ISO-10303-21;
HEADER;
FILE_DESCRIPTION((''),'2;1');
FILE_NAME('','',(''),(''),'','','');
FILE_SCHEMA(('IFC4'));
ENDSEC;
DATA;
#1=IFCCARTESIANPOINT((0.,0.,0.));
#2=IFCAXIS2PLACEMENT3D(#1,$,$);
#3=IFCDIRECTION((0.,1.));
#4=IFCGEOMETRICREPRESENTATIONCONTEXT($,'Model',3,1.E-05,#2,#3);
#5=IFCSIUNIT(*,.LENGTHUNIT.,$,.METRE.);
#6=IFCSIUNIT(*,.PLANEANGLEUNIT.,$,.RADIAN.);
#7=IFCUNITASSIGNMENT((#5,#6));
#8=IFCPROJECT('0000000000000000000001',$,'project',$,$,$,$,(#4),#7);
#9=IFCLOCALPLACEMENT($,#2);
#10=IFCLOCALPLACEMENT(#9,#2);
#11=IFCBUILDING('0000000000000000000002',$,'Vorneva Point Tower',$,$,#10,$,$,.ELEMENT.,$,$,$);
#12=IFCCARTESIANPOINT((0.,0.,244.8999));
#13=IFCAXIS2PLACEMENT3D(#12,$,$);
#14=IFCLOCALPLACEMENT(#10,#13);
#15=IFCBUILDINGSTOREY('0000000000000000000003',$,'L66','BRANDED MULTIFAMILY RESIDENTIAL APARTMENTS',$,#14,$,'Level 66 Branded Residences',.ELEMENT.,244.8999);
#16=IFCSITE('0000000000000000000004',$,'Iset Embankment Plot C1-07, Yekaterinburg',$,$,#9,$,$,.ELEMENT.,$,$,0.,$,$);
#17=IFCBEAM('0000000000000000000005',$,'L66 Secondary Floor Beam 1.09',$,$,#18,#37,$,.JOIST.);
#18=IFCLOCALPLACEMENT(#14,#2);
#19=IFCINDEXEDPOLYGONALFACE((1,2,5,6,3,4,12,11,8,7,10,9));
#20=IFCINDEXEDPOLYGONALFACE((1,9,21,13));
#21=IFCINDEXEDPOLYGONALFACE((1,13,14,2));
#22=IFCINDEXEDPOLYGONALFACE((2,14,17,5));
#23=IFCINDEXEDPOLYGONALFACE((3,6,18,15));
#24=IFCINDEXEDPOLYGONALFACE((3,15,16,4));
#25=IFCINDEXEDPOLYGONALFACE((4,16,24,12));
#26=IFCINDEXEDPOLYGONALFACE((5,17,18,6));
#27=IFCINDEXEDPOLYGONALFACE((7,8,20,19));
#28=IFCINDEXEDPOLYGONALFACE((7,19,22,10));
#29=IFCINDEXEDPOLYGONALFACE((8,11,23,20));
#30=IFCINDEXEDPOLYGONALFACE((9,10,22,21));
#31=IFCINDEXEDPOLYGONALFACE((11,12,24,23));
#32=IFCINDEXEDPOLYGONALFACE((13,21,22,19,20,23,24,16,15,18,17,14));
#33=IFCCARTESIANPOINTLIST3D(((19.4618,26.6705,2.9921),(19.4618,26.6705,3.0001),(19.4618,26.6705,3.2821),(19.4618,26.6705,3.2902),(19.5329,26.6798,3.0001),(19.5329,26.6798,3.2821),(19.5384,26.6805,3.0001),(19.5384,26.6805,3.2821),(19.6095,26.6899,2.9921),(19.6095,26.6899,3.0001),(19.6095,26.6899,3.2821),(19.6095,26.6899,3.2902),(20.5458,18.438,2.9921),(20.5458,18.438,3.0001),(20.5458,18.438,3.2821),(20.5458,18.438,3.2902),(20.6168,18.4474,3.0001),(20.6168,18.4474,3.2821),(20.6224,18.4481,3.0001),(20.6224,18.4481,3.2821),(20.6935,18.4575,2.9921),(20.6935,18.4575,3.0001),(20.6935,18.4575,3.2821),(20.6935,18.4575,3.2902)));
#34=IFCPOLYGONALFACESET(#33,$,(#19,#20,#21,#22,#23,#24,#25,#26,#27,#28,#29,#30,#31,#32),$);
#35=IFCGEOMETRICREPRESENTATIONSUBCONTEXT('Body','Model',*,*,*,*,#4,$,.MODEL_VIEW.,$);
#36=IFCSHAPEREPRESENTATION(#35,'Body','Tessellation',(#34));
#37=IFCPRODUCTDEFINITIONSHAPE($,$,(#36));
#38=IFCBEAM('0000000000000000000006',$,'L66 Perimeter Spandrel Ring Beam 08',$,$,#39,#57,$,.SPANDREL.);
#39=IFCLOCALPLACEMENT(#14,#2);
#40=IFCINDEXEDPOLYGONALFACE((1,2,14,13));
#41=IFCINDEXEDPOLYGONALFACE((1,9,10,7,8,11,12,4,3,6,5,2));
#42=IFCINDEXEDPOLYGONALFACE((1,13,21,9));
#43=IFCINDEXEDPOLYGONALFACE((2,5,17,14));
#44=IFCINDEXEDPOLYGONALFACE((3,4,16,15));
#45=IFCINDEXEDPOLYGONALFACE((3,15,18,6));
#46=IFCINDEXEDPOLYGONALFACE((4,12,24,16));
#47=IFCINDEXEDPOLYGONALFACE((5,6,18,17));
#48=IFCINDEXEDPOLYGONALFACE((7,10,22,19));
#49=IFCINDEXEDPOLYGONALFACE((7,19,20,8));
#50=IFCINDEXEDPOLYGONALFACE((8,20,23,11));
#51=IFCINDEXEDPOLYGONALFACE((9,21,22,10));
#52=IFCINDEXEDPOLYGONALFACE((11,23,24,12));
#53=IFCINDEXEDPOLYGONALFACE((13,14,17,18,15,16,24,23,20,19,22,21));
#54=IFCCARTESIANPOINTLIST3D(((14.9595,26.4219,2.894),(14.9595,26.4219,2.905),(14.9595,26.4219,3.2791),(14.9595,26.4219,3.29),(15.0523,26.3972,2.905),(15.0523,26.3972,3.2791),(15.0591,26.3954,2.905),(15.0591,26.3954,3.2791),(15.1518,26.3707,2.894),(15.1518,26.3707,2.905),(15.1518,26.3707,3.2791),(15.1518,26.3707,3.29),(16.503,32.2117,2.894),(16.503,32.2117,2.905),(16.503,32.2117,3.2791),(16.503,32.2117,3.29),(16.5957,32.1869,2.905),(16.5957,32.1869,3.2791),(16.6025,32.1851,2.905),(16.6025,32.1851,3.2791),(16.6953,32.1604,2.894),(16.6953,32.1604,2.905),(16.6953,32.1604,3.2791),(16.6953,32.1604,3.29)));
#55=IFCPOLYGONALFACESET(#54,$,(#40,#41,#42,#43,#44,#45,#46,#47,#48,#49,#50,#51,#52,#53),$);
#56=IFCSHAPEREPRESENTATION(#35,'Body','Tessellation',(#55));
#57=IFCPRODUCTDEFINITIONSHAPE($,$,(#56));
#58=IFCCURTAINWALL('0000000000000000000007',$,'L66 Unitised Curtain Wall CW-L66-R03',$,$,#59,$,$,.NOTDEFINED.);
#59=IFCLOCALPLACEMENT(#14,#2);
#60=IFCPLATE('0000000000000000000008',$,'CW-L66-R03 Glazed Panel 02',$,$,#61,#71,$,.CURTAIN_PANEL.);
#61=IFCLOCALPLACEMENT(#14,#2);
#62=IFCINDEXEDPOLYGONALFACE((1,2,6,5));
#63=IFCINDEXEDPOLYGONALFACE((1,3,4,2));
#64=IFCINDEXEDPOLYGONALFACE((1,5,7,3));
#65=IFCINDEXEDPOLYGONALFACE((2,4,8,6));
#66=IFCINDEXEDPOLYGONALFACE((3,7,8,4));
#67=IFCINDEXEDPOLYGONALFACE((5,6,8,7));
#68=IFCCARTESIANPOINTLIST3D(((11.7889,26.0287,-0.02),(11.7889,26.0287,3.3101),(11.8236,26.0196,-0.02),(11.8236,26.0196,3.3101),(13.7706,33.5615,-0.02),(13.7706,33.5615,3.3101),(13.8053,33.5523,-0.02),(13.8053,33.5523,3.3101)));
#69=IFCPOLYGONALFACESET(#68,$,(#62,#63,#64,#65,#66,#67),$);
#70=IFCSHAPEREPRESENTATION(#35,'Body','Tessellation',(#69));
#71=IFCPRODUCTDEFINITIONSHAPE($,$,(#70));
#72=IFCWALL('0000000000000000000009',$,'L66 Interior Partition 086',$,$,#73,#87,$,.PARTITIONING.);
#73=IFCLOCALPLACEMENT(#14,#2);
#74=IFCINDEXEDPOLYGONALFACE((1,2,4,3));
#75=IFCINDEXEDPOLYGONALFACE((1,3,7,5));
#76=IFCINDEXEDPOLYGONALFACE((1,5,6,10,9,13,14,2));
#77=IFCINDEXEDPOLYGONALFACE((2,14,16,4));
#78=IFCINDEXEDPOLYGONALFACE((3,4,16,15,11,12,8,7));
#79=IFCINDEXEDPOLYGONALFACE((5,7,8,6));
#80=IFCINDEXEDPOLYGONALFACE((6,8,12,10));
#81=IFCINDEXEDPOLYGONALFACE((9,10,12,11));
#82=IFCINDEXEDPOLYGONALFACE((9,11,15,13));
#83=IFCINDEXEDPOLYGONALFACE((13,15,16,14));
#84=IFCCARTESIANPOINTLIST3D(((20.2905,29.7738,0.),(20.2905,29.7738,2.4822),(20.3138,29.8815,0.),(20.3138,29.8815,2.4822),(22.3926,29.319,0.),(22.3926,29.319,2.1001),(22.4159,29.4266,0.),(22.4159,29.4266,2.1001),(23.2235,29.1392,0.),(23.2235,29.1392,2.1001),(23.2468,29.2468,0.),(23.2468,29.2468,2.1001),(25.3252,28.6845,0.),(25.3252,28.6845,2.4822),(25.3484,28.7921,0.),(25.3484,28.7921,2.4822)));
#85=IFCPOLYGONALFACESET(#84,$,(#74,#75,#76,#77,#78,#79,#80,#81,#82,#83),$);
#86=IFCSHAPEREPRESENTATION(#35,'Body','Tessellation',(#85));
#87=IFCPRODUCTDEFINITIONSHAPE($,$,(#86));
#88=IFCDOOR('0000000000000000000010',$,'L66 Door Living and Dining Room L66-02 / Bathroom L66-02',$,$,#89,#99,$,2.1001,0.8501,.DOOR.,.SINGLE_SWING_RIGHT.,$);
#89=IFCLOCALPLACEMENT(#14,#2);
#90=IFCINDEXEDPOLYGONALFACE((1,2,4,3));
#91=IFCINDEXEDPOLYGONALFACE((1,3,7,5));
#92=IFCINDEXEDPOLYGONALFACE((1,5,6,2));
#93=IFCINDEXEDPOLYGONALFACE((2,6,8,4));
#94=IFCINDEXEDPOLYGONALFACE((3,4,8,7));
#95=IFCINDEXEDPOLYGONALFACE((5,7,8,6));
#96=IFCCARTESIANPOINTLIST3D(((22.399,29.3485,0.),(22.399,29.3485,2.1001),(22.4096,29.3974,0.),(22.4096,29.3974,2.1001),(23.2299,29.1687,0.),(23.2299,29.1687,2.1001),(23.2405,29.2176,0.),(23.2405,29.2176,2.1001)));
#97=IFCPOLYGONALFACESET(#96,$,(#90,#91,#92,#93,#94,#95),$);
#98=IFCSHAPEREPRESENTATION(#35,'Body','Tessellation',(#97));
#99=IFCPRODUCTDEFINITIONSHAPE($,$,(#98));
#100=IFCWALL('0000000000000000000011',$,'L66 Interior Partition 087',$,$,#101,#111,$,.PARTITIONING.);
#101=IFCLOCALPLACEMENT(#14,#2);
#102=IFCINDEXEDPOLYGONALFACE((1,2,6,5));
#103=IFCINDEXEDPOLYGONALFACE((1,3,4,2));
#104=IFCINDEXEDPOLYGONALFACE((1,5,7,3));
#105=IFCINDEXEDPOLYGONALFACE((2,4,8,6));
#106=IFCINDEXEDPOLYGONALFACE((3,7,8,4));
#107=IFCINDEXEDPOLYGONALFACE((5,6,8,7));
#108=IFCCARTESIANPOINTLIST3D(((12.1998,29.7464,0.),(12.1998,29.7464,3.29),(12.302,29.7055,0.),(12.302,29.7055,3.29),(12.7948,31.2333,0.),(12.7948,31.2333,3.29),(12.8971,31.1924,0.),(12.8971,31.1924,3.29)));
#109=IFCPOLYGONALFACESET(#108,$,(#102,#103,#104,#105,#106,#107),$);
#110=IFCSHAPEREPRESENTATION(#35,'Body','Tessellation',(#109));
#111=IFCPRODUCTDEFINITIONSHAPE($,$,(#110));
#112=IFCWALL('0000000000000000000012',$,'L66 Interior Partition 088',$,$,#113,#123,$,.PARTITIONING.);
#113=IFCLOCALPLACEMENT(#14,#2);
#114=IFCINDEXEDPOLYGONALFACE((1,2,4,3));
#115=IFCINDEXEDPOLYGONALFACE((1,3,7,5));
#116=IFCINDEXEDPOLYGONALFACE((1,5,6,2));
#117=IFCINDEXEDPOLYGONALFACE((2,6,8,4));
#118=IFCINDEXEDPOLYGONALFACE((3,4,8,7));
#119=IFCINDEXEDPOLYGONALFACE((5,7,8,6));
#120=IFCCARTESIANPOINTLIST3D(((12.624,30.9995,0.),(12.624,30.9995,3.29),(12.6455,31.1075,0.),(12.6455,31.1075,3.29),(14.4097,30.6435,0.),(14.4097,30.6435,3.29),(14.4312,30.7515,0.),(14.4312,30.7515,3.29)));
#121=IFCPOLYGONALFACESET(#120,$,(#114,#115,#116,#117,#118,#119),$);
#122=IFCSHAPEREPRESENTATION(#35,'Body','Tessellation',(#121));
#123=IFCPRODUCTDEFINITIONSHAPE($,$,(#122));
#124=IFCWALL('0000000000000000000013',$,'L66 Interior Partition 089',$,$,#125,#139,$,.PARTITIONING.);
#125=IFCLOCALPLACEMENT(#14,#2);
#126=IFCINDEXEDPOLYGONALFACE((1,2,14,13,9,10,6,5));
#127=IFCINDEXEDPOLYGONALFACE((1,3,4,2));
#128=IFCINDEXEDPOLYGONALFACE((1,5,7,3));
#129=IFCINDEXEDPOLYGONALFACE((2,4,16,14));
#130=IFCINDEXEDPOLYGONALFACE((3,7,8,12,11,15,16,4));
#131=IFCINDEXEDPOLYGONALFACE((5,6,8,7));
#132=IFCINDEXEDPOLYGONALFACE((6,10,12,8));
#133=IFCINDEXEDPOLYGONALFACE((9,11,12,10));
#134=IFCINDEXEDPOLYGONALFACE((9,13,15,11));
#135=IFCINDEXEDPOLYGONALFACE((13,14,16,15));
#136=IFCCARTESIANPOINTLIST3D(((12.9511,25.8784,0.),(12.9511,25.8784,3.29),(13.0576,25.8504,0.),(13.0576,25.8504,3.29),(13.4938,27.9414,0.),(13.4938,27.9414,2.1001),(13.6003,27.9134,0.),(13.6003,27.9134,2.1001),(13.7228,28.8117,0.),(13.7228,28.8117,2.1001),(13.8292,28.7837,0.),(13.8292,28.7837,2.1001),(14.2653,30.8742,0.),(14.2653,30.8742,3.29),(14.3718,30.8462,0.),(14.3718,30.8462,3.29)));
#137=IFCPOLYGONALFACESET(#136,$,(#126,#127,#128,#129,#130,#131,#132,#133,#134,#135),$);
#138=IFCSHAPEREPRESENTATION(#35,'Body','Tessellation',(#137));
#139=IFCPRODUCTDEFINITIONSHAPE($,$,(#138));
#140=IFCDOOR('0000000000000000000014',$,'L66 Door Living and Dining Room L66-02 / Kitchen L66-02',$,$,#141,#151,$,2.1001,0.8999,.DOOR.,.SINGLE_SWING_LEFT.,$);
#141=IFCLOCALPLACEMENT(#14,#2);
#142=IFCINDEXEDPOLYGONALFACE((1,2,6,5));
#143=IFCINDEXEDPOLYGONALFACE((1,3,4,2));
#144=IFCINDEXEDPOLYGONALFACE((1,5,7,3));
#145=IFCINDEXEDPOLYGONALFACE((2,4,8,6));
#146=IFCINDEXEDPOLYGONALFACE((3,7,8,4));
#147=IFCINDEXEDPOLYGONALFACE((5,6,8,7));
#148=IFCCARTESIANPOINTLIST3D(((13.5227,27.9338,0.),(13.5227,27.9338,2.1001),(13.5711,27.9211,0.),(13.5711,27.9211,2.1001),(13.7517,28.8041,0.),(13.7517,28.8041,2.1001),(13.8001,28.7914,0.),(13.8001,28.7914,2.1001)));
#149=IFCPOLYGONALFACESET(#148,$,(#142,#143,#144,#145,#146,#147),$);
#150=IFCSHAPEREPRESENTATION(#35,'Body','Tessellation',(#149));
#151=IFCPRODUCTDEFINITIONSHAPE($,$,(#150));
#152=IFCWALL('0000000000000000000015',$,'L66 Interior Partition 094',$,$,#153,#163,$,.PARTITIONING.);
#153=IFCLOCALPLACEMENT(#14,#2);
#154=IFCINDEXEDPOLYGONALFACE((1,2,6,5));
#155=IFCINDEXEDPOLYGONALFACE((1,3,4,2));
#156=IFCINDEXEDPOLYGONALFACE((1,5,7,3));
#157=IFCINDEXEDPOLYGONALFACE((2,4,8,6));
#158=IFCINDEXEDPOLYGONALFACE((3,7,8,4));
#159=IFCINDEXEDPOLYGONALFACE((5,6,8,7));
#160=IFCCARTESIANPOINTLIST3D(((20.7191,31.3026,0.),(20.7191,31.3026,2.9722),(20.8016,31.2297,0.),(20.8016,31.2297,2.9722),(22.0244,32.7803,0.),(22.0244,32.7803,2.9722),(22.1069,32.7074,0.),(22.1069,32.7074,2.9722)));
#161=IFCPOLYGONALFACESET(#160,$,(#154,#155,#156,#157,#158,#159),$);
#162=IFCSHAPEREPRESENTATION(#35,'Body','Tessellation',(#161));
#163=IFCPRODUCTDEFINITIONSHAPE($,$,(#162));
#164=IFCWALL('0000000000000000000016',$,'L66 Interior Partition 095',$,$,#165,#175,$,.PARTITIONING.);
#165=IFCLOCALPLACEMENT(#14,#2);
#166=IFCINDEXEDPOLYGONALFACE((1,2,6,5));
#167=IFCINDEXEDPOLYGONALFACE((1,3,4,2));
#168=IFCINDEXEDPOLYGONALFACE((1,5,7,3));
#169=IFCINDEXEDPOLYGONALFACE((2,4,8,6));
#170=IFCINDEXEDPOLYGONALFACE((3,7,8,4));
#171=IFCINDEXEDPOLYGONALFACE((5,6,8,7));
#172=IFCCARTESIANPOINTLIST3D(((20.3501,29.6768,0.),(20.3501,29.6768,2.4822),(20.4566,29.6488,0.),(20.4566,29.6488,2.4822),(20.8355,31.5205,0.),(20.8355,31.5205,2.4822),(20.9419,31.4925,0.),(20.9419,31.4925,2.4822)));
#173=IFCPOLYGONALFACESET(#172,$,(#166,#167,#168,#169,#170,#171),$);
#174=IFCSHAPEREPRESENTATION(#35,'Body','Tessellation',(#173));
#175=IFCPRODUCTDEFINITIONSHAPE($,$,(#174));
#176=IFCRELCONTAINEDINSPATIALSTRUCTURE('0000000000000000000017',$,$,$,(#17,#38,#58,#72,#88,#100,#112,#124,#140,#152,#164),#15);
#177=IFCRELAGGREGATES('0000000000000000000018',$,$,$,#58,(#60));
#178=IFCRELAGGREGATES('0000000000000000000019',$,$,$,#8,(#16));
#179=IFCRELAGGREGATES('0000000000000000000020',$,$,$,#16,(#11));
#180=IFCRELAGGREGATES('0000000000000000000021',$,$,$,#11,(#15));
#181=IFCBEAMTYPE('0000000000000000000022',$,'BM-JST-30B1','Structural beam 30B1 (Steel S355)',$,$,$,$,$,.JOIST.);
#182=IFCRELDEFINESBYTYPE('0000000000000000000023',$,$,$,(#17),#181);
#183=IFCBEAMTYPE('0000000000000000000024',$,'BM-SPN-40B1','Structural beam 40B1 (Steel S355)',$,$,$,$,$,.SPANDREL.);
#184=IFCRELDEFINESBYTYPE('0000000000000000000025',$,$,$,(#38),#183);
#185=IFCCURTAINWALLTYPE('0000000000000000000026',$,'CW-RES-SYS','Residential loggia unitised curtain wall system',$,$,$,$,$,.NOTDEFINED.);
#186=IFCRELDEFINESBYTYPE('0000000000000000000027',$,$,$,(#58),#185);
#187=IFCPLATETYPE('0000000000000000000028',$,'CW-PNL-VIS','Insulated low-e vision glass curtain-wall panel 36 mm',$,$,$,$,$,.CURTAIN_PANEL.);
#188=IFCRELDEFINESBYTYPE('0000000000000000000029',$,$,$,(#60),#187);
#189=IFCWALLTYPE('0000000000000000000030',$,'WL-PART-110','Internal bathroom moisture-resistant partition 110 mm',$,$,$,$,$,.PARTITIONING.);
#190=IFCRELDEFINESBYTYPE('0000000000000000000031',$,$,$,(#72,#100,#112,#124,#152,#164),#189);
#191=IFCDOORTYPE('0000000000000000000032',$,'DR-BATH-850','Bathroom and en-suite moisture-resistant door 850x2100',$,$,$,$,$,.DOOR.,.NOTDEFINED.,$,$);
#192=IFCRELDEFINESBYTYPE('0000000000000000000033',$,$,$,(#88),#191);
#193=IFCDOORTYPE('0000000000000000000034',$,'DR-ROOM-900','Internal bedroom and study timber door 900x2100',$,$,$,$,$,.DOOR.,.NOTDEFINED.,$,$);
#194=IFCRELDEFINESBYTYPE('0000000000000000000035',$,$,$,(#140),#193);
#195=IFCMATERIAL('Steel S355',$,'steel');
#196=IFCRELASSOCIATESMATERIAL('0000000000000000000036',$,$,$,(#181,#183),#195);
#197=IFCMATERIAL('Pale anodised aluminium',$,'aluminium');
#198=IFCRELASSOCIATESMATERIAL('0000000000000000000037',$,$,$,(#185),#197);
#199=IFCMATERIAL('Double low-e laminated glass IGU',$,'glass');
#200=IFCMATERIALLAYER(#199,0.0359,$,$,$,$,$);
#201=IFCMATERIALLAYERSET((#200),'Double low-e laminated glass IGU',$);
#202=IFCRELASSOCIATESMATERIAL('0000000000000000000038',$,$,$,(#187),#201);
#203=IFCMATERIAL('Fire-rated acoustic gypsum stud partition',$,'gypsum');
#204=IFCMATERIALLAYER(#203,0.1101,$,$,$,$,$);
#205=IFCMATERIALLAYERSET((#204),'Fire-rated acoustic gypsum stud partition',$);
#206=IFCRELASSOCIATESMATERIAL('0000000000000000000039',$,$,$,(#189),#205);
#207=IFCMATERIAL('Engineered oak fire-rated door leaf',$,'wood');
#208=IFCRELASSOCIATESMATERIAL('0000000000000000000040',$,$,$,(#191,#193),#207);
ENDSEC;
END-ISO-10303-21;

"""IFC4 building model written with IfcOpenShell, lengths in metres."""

from ifc_helpers import new_model, si_unit, direction, frame, frame_2d, origin, origin_2d, place, context, subcontext, project, spatial, rectangle, i_section, extrude, material, layer, layer_set, material_profile, profile_set, type_object, element, fill, aggregate, save


model = new_model("IFC4")

# Units and contexts
model_context = context("Model", 3, precision=1e-05, world=origin(), true_north=direction((0.0, 1.0)))
body_context = subcontext(model_context, "Body", "Model", "MODEL_VIEW")
ifc_project = project(units=[si_unit("LENGTHUNIT", "METRE"), si_unit("PLANEANGLEUNIT", "RADIAN")], contexts=[model_context])

# Site, building, storey
site_placement = place(None, origin())
site = spatial("IfcSite", under=ifc_project, at=site_placement, Name="Iset Embankment Plot C1-07, Yekaterinburg", CompositionType="ELEMENT", RefElevation=0.0)
building_placement = place(site_placement, origin())
building = spatial("IfcBuilding", under=site, at=building_placement, Name="Vorneva Point Tower", CompositionType="ELEMENT")
storey_placement = place(building_placement, frame((0.0, 0.0, 244.8999)))
storey = spatial("IfcBuildingStorey", under=building, at=storey_placement, Name="L66", Description="BRANDED MULTIFAMILY RESIDENTIAL APARTMENTS", LongName="Level 66 Branded Residences", CompositionType="ELEMENT", Elevation=244.8999)

# Beams
ifc_material_1 = material(Name="Steel S355", Category="steel")
ifc_material_profile_1 = material_profile(ifc_material_1, i_section(OverallWidth=0.1489, OverallDepth=0.2981, WebThickness=0.0056, FlangeThickness=0.0081, at=origin_2d()), Name="30B1")
ifc_profile_set_1 = profile_set([ifc_material_profile_1], Name="Steel S355")
beam_type_1 = type_object("IfcBeamType", Name="BM-JST-30B1", Description="Structural beam 30B1 (Steel S355)", PredefinedType="JOIST", material=ifc_profile_set_1)
beam_1_placement = place(storey_placement, frame((19.5356, 26.6802, 3.1411), z_axis=(0.130546, -0.991442, 0.0), x_axis=(0.991442, 0.130546, 0.0)))
element("IfcBeam", 1, at=beam_1_placement, inside=storey, type_object=beam_type_1, Name="L66 Secondary Floor Beam 1.09", PredefinedType="JOIST", context=body_context, shape_type="SweptSolid", body=[
    extrude(i_section(OverallWidth=0.1489, OverallDepth=0.2981, WebThickness=0.0056, FlangeThickness=0.0081, at=origin_2d()), origin(), (0.0, 0.0, 1.0), 8.3035),
])
ifc_material_profile_2 = material_profile(ifc_material_1, i_section(OverallWidth=0.199, OverallDepth=0.396, WebThickness=0.0071, FlangeThickness=0.011, at=origin_2d()), Name="40B1")
ifc_profile_set_2 = profile_set([ifc_material_profile_2], Name="Steel S355")
beam_type_2 = type_object("IfcBeamType", Name="BM-SPN-40B1", Description="Structural beam 40B1 (Steel S355)", PredefinedType="SPANDREL", material=ifc_profile_set_2)
beam_2_placement = place(storey_placement, frame((16.5991, 32.186, 3.092), z_axis=(-0.257587, -0.966255, 0.0), x_axis=(0.966255, -0.257587, 0.0)))
element("IfcBeam", 2, at=beam_2_placement, inside=storey, type_object=beam_type_2, Name="L66 Perimeter Spandrel Ring Beam 08", PredefinedType="SPANDREL", context=body_context, shape_type="SweptSolid", body=[
    extrude(i_section(OverallWidth=0.199, OverallDepth=0.396, WebThickness=0.0071, FlangeThickness=0.011, at=origin_2d()), origin(), (0.0, 0.0, 1.0), 5.9919),
])

# Curtain wall, plate
ifc_material_2 = material(Name="Pale anodised aluminium", Category="aluminium")
curtain_wall_type = type_object("IfcCurtainWallType", Name="CW-RES-SYS", Description="Residential loggia unitised curtain wall system", PredefinedType="NOTDEFINED", material=ifc_material_2)
curtain_wall_placement = place(storey_placement, origin())
curtain_wall = element("IfcCurtainWall", 3, at=curtain_wall_placement, inside=storey, type_object=curtain_wall_type, Name="L66 Unitised Curtain Wall CW-L66-R03", PredefinedType="NOTDEFINED")
ifc_material_3 = material(Name="Double low-e laminated glass IGU", Category="glass")
ifc_layer_1 = layer(ifc_material_3, 0.0359)
ifc_layer_set_1 = layer_set([ifc_layer_1], Name="Double low-e laminated glass IGU")
plate_type = type_object("IfcPlateType", Name="CW-PNL-VIS", Description="Insulated low-e vision glass curtain-wall panel 36 mm", PredefinedType="CURTAIN_PANEL", material=ifc_layer_set_1)
plate_placement = place(storey_placement, frame((12.7971, 29.7905, -0.02), z_axis=(0.0, 0.0, 1.0), x_axis=(-0.254416, -0.967095, 0.0)))
plate = element("IfcPlate", 4, at=plate_placement, type_object=plate_type, Name="CW-L66-R03 Glazed Panel 02", PredefinedType="CURTAIN_PANEL", context=body_context, shape_type="SweptSolid", body=[
    extrude(rectangle(XDim=7.7891, YDim=0.0359, at=origin_2d()), origin(), (0.0, 0.0, 1.0), 3.3301),
])
aggregate(curtain_wall, [plate])

# Wall, opening, door
ifc_material_4 = material(Name="Fire-rated acoustic gypsum stud partition", Category="gypsum")
ifc_layer_2 = layer(ifc_material_4, 0.1101)
ifc_layer_set_2 = layer_set([ifc_layer_2], Name="Fire-rated acoustic gypsum stud partition")
wall_type_1 = type_object("IfcWallType", Name="WL-PART-110", Description="Internal bathroom moisture-resistant partition 110 mm", PredefinedType="PARTITIONING", material=ifc_layer_set_2)
wall_1_placement = place(storey_placement, frame((25.3369, 28.7383, 0.0), z_axis=(0.0, 0.0, 1.0), x_axis=(-0.977383, 0.211477, 0.0)))
wall_1 = element("IfcWall", 5, at=wall_1_placement, inside=storey, type_object=wall_type_1, Name="L66 Interior Partition 086", PredefinedType="PARTITIONING", context=body_context, shape_type="SweptSolid", body=[
    extrude(rectangle(XDim=5.1511, YDim=0.1101, at=frame_2d((2.5757, 0.0))), origin(), (0.0, 0.0, 1.0), 2.4822),
])
opening_1_placement = place(wall_1_placement, frame((2.1504, 0.0, 0.0)))
opening_1 = element("IfcOpeningElement", 6, at=opening_1_placement, cuts=wall_1, PredefinedType="OPENING", context=body_context, shape_type="SweptSolid", body=[
    extrude(rectangle(XDim=0.8501, YDim=2.1001, at=frame_2d((0.425, 1.05))), frame((0.0, 0.0698, 0.0), z_axis=(0.0, -1.0, 0.0), x_axis=(1.0, 0.0, 0.0)), (0.0, 0.0, 1.0), 0.1399),
])
ifc_material_5 = material(Name="Engineered oak fire-rated door leaf", Category="wood")
door_type_1 = type_object("IfcDoorType", Name="DR-BATH-850", Description="Bathroom and en-suite moisture-resistant door 850x2100", OperationType="NOTDEFINED", PredefinedType="DOOR", material=ifc_material_5)
door_1_placement = place(opening_1_placement, origin())
door_1 = element("IfcDoor", 7, at=door_1_placement, inside=storey, type_object=door_type_1, Name="L66 Door Living and Dining Room L66-02 / Bathroom L66-02", OperationType="SINGLE_SWING_RIGHT", OverallHeight=2.1001, OverallWidth=0.8501, PredefinedType="DOOR", context=body_context, shape_type="SweptSolid", body=[
    extrude(rectangle(XDim=0.8501, YDim=2.1001, at=frame_2d((0.425, 1.05))), frame((0.0, 0.0249, 0.0), z_axis=(0.0, -1.0, 0.0), x_axis=(1.0, 0.0, 0.0)), (0.0, 0.0, 1.0), 0.05),
])
fill(opening_1, door_1)

# Walls
wall_2_placement = place(storey_placement, frame((12.8459, 31.2129, 0.0), z_axis=(0.0, 0.0, 1.0), x_axis=(-0.371522, -0.928424, 0.0)))
element("IfcWall", 8, at=wall_2_placement, inside=storey, type_object=wall_type_1, Name="L66 Interior Partition 087", PredefinedType="PARTITIONING", context=body_context, shape_type="SweptSolid", body=[
    extrude(rectangle(XDim=1.6016, YDim=0.1101, at=frame_2d((0.8008, 0.0))), origin(), (0.0, 0.0, 1.0), 3.29),
])
wall_3_placement = place(storey_placement, frame((12.6348, 31.0535, 0.0), z_axis=(0.0, 0.0, 1.0), x_axis=(0.980704, -0.195497, 0.0)))
element("IfcWall", 9, at=wall_3_placement, inside=storey, type_object=wall_type_1, Name="L66 Interior Partition 088", PredefinedType="PARTITIONING", context=body_context, shape_type="SweptSolid", body=[
    extrude(rectangle(XDim=1.8208, YDim=0.1101, at=frame_2d((0.9104, 0.0))), origin(), (0.0, 0.0, 1.0), 3.29),
])

# Wall, opening, door
wall_4_placement = place(storey_placement, frame((14.3186, 30.8604, 0.0), z_axis=(0.0, 0.0, 1.0), x_axis=(-0.254405, -0.967098, 0.0)))
wall_4 = element("IfcWall", 10, at=wall_4_placement, inside=storey, type_object=wall_type_1, Name="L66 Interior Partition 089", PredefinedType="PARTITIONING", context=body_context, shape_type="SweptSolid", body=[
    extrude(rectangle(XDim=5.1658, YDim=0.1101, at=frame_2d((2.583, 0.0))), origin(), (0.0, 0.0, 1.0), 3.29),
])
opening_2_placement = place(wall_4_placement, frame((2.1328, 0.0, 0.0)))
opening_2 = element("IfcOpeningElement", 11, at=opening_2_placement, cuts=wall_4, PredefinedType="OPENING", context=body_context, shape_type="SweptSolid", body=[
    extrude(rectangle(XDim=0.8999, YDim=2.1001, at=frame_2d((0.45, 1.05))), frame((0.0, 0.0698, 0.0), z_axis=(0.0, -1.0, 0.0), x_axis=(1.0, 0.0, 0.0)), (0.0, 0.0, 1.0), 0.1399),
])
door_type_2 = type_object("IfcDoorType", Name="DR-ROOM-900", Description="Internal bedroom and study timber door 900x2100", OperationType="NOTDEFINED", PredefinedType="DOOR", material=ifc_material_5)
door_2_placement = place(opening_2_placement, origin())
door_2 = element("IfcDoor", 12, at=door_2_placement, inside=storey, type_object=door_type_2, Name="L66 Door Living and Dining Room L66-02 / Kitchen L66-02", OperationType="SINGLE_SWING_LEFT", OverallHeight=2.1001, OverallWidth=0.8999, PredefinedType="DOOR", context=body_context, shape_type="SweptSolid", body=[
    extrude(rectangle(XDim=0.8999, YDim=2.1001, at=frame_2d((0.45, 1.05))), frame((0.0, 0.0249, 0.0), z_axis=(0.0, -1.0, 0.0), x_axis=(1.0, 0.0, 0.0)), (0.0, 0.0, 1.0), 0.05),
])
fill(opening_2, door_2)

# Walls
wall_5_placement = place(storey_placement, frame((22.0657, 32.7439, 0.0), z_axis=(0.0, 0.0, 1.0), x_axis=(-0.662047, -0.749462, 0.0)))
element("IfcWall", 13, at=wall_5_placement, inside=storey, type_object=wall_type_1, Name="L66 Interior Partition 094", PredefinedType="PARTITIONING", context=body_context, shape_type="SweptSolid", body=[
    extrude(rectangle(XDim=1.9717, YDim=0.1101, at=frame_2d((0.9858, 0.0))), origin(), (0.0, 0.0, 1.0), 2.9722),
])
wall_6_placement = place(storey_placement, frame((20.8887, 31.5063, 0.0), z_axis=(0.0, 0.0, 1.0), x_axis=(-0.254569, -0.967055, 0.0)))
element("IfcWall", 14, at=wall_6_placement, inside=storey, type_object=wall_type_1, Name="L66 Interior Partition 095", PredefinedType="PARTITIONING", context=body_context, shape_type="SweptSolid", body=[
    extrude(rectangle(XDim=1.9065, YDim=0.1101, at=frame_2d((0.9531, 0.0))), origin(), (0.0, 0.0, 1.0), 2.4822),
])

save(model, "model.ifc")
